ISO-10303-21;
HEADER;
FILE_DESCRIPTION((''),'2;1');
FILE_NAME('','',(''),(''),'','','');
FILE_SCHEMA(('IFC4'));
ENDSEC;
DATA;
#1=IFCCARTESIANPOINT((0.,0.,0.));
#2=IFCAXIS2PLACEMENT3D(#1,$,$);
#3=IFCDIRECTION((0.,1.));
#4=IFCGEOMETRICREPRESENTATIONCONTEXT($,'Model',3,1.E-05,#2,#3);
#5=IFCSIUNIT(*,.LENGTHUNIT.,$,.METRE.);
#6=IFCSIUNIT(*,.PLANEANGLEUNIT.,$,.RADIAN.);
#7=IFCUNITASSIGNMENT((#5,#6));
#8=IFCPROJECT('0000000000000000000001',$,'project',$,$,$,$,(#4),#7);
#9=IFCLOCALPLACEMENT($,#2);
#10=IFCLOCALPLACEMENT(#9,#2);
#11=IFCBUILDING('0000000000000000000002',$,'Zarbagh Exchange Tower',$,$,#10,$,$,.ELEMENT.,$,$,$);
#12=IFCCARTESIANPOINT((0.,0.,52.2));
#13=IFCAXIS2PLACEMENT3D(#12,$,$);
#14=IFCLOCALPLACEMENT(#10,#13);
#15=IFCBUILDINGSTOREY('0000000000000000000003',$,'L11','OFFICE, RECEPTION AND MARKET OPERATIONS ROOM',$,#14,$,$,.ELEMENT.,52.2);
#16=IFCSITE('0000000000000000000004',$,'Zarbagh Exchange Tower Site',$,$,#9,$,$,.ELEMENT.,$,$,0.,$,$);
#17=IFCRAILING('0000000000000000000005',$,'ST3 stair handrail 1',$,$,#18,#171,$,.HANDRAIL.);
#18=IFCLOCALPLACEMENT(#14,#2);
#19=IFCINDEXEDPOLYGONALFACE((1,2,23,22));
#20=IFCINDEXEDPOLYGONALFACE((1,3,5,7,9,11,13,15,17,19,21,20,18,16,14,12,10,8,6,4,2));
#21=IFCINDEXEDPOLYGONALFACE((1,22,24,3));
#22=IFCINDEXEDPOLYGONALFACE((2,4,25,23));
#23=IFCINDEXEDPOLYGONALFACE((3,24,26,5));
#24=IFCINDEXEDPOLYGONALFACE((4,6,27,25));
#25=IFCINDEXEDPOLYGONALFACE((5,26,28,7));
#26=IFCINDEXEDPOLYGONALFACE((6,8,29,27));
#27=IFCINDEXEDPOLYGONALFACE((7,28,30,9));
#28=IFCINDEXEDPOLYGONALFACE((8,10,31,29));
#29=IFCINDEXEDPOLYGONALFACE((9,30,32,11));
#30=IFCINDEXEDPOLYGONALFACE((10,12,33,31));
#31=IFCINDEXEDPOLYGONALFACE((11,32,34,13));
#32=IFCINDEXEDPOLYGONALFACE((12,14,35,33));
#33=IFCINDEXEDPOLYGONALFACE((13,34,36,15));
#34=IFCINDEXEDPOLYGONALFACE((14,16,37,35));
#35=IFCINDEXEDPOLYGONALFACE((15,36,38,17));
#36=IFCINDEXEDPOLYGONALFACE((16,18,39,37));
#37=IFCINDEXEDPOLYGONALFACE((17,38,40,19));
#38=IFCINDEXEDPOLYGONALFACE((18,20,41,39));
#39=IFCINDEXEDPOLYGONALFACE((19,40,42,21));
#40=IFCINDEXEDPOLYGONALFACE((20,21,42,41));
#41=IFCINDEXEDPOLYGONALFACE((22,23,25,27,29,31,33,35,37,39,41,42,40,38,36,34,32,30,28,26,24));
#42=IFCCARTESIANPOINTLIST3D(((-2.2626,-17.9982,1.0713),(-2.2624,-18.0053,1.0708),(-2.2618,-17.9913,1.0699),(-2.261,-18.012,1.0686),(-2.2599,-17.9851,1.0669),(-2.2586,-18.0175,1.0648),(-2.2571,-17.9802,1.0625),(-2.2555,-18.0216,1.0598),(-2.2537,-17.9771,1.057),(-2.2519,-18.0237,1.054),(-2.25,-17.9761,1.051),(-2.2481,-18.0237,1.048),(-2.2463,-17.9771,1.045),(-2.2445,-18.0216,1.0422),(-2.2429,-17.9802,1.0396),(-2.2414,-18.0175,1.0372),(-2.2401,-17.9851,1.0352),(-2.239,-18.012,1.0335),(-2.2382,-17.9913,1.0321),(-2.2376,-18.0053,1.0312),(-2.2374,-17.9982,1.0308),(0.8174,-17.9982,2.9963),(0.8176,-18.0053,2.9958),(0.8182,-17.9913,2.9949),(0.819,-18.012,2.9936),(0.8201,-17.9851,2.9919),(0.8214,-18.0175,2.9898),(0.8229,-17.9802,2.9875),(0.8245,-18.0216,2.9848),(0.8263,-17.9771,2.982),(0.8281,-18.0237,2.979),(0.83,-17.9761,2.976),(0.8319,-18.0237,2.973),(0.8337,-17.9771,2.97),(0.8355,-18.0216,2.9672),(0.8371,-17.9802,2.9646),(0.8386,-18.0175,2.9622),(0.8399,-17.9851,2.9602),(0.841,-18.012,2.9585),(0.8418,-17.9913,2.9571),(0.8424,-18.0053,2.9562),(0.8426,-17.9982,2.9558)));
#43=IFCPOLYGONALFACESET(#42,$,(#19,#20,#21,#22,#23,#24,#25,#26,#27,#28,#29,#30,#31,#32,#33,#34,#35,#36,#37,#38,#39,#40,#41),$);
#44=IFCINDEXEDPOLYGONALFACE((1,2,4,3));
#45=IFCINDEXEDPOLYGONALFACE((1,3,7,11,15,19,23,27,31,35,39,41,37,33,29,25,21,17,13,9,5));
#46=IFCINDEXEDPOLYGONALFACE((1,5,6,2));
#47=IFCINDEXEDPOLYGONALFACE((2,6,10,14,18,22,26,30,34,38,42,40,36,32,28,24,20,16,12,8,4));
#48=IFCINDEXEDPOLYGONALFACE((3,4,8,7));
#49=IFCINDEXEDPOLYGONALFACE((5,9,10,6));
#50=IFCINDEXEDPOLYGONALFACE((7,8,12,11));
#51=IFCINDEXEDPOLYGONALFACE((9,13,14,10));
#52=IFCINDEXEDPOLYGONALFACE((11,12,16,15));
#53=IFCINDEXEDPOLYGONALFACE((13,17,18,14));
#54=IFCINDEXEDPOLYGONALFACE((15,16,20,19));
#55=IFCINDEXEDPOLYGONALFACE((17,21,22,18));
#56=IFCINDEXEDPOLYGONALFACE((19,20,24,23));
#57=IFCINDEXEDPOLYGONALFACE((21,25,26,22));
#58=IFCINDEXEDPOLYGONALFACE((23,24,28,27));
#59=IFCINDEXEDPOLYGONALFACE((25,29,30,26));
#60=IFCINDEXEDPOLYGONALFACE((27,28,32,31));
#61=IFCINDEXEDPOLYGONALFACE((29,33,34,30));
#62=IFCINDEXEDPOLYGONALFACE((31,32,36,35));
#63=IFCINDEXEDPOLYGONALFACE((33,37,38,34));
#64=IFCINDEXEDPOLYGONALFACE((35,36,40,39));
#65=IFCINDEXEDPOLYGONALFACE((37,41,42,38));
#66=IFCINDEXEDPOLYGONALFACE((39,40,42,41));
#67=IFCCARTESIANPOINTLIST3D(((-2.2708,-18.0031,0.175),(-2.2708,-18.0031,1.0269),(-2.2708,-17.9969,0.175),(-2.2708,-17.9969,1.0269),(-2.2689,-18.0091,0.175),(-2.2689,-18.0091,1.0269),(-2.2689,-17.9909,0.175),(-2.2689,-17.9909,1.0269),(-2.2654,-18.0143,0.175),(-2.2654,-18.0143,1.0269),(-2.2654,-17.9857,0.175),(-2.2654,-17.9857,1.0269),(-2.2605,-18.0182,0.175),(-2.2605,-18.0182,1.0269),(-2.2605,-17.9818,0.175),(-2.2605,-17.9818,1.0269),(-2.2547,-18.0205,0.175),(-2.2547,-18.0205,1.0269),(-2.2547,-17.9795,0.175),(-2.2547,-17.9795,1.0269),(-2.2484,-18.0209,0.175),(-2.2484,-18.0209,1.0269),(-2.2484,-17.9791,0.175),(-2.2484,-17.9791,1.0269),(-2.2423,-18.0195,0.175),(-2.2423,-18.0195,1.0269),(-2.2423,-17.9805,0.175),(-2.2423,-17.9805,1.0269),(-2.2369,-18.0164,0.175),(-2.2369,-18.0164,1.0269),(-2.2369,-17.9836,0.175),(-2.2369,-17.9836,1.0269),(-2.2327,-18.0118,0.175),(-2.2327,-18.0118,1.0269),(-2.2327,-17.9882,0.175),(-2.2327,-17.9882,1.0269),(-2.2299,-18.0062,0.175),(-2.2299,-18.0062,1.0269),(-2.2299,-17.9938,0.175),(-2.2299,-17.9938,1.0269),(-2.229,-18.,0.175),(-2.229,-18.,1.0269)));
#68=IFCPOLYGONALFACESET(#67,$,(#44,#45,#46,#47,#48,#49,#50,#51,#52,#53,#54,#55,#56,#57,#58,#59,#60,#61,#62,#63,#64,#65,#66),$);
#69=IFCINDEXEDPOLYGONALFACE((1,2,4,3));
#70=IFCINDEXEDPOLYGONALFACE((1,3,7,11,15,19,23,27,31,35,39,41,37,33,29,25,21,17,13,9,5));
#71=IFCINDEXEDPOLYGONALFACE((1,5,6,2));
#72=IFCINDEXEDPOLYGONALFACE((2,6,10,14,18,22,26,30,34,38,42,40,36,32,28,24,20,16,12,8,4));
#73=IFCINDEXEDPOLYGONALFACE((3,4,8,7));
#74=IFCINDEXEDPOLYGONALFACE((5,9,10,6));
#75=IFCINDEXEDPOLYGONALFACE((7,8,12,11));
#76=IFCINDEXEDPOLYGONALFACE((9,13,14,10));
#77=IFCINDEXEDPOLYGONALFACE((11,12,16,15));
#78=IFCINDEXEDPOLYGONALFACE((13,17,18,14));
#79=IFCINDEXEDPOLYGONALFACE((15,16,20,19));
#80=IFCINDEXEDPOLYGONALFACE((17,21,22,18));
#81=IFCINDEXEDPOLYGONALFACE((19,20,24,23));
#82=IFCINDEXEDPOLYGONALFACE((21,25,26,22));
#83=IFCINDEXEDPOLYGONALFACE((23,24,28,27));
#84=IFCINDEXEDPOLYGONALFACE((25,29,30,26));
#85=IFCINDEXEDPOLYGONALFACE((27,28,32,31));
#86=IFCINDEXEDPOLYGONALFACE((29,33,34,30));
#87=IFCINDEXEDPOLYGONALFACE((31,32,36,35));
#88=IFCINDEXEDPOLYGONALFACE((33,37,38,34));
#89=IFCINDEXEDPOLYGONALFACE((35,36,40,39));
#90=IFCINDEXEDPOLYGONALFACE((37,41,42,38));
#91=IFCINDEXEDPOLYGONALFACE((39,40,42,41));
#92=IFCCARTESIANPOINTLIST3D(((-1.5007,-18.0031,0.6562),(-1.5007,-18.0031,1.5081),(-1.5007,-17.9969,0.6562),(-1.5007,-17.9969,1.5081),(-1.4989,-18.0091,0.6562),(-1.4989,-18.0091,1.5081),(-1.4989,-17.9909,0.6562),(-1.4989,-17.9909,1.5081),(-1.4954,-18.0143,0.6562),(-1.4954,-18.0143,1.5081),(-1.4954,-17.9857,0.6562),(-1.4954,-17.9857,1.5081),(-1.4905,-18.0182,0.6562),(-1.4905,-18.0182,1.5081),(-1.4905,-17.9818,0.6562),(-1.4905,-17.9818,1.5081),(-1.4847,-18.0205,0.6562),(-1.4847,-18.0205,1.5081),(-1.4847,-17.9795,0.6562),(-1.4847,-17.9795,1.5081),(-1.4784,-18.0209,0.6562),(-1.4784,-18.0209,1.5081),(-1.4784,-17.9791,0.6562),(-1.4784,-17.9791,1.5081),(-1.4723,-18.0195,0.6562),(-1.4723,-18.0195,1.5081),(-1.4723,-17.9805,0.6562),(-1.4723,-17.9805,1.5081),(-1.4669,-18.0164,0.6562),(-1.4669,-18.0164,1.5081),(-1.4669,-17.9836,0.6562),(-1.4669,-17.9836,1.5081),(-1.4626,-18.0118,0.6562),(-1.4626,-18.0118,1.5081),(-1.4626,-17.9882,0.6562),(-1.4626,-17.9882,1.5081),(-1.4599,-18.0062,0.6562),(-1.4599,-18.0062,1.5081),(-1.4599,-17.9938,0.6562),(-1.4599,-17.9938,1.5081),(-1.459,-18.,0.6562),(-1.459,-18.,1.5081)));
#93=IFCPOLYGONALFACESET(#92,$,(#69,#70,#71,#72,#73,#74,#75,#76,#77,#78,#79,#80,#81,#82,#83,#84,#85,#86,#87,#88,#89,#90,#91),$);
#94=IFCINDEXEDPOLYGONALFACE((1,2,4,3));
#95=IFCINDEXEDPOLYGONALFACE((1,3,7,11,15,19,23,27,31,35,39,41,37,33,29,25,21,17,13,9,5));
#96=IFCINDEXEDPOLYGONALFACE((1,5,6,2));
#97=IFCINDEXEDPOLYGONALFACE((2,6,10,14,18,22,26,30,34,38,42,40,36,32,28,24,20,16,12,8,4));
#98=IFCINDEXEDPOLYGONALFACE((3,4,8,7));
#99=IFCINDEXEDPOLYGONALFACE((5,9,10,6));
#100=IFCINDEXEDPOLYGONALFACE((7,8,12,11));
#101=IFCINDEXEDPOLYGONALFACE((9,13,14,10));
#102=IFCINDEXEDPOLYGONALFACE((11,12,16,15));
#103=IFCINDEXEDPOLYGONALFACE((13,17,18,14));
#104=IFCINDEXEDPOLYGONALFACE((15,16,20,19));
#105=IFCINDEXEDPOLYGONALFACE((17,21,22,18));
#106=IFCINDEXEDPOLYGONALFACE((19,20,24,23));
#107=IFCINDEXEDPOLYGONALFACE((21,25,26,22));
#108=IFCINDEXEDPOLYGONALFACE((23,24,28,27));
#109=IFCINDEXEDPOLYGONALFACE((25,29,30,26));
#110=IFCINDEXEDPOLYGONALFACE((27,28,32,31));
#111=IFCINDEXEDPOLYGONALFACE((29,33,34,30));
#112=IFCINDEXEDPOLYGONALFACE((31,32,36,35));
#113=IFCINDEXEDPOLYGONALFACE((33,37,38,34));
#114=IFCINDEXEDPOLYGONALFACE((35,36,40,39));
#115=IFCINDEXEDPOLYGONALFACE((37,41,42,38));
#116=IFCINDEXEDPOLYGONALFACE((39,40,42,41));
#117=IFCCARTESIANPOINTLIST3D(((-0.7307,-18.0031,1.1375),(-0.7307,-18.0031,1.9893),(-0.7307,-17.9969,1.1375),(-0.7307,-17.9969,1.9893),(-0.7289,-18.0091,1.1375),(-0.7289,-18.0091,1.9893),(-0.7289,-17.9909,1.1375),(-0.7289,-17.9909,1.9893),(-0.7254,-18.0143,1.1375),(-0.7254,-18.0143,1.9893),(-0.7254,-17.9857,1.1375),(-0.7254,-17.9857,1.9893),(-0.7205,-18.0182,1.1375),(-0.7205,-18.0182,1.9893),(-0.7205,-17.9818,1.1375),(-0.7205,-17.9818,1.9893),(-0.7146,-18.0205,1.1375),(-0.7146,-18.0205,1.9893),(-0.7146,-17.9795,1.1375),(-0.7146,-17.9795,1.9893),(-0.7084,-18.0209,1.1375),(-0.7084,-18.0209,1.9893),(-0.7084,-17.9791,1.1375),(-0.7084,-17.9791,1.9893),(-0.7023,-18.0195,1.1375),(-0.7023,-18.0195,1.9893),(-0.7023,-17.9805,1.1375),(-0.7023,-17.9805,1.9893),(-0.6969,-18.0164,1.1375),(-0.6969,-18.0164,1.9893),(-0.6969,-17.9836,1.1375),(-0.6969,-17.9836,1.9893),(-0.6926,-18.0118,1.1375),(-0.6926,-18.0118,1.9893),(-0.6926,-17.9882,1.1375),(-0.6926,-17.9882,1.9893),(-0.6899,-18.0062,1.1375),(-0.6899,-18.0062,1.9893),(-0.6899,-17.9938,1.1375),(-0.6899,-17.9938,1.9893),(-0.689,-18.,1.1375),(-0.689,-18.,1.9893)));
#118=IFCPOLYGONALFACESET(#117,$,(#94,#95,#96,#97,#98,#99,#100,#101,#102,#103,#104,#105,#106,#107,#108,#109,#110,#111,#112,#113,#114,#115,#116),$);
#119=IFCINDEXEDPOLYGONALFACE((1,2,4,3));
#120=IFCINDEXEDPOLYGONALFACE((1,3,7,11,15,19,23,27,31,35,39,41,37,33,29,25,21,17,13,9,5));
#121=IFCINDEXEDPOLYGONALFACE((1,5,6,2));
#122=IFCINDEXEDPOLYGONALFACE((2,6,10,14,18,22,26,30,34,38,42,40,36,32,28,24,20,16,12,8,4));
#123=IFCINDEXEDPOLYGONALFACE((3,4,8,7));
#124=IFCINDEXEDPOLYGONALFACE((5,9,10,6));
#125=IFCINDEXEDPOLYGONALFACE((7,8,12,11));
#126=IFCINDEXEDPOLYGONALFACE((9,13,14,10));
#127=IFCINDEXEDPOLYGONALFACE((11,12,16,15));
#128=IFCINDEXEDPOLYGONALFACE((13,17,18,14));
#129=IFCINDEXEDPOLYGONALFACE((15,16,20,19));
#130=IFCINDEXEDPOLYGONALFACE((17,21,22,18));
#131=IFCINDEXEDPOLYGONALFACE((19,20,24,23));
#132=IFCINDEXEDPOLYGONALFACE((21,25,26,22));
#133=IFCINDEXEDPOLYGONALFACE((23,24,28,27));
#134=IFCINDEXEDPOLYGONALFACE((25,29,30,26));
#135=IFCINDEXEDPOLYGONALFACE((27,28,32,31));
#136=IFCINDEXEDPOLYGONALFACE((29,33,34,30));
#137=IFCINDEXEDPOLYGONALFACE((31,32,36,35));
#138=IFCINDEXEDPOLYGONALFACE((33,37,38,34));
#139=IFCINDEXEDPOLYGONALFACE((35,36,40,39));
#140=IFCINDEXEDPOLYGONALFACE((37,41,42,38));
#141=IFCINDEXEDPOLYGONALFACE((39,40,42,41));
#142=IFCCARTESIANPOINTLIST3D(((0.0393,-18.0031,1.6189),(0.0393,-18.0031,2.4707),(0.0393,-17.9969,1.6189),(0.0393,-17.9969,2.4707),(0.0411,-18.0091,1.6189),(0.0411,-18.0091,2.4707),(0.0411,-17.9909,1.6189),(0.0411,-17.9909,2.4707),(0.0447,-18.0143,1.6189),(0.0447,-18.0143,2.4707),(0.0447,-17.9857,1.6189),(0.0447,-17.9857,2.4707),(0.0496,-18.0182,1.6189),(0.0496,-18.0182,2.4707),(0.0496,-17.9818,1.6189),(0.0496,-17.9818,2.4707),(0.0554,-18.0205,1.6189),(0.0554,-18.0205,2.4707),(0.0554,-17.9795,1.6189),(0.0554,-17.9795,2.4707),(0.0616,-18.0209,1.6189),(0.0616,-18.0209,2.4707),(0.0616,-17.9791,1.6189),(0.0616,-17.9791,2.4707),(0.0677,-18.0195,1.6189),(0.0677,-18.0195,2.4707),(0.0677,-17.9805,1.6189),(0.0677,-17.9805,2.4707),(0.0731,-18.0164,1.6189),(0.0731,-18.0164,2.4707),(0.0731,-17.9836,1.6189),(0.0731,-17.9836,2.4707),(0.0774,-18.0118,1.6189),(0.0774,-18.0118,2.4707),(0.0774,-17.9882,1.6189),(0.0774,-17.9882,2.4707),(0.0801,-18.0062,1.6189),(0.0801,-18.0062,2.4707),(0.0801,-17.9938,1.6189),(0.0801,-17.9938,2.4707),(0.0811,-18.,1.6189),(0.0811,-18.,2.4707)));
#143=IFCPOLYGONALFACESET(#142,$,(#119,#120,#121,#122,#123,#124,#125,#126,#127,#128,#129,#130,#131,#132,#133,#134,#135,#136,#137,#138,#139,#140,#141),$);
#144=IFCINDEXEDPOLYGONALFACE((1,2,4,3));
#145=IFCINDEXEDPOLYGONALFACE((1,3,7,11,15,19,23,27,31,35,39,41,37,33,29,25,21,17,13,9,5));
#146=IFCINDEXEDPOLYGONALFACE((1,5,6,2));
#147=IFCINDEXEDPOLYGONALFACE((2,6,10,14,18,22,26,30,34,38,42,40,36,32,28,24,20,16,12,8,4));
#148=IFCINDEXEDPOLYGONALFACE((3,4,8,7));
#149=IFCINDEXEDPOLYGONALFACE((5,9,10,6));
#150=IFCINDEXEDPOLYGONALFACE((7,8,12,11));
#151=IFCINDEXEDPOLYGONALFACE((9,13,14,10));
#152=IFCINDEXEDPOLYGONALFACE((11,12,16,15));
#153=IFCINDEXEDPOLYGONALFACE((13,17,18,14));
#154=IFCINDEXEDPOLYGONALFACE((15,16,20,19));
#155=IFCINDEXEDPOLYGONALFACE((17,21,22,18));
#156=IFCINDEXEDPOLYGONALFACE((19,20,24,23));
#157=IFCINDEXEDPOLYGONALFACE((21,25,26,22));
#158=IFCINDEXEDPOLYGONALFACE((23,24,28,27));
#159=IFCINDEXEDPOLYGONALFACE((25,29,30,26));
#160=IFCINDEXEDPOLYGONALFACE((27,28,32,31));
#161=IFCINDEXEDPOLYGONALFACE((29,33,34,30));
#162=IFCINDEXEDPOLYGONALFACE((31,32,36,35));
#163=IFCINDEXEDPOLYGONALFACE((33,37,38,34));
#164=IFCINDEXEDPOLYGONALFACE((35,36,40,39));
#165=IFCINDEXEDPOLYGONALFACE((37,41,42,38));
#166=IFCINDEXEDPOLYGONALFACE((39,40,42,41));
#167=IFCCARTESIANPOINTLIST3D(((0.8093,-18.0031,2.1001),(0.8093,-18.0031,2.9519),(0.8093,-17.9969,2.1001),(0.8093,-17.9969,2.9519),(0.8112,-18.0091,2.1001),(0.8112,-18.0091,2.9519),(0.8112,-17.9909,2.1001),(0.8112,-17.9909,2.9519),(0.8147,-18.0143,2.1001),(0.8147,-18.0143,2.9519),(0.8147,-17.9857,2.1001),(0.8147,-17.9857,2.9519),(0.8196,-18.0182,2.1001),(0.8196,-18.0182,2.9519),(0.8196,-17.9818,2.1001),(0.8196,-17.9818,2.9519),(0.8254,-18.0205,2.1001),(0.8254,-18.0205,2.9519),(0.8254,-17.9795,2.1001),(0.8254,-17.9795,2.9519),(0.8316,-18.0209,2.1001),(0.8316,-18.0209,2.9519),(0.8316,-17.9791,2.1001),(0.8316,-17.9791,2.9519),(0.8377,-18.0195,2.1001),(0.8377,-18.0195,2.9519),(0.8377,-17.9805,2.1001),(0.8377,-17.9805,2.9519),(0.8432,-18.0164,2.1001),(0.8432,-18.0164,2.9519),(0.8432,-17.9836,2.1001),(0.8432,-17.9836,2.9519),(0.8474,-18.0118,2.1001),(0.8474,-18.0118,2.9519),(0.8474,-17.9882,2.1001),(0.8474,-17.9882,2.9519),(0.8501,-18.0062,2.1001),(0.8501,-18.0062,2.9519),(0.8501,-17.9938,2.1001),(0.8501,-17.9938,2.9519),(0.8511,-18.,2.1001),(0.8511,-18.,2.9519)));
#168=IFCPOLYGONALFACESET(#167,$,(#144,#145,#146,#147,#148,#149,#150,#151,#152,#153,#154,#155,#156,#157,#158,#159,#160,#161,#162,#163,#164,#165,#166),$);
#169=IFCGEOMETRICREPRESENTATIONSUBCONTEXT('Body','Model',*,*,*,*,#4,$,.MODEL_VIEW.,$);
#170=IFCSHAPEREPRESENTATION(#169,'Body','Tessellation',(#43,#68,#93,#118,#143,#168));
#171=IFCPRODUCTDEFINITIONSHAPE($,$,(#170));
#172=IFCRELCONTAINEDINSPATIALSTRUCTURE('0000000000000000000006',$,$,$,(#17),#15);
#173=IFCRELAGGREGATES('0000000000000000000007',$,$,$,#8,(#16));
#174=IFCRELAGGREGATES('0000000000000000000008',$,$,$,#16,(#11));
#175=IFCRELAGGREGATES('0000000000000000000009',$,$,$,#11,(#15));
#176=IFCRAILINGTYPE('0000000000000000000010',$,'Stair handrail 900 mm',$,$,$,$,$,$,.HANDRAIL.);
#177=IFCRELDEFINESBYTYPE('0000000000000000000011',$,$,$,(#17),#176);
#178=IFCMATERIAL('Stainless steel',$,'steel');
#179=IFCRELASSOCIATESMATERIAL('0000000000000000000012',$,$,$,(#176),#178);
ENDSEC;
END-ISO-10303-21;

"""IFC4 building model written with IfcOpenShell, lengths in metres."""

from ifc_helpers import new_model, si_unit, direction, frame, origin, origin_2d, place, context, subcontext, project, spatial, circle, extrude, material, type_object, element, save


model = new_model("IFC4")

# Units and contexts
model_context = context("Model", 3, precision=1e-05, world=origin(), true_north=direction((0.0, 1.0)))
body_context = subcontext(model_context, "Body", "Model", "MODEL_VIEW")
ifc_project = project(units=[si_unit("LENGTHUNIT", "METRE"), si_unit("PLANEANGLEUNIT", "RADIAN")], contexts=[model_context])

# Site, building, storey
site_placement = place(None, origin())
site = spatial("IfcSite", under=ifc_project, at=site_placement, Name="Zarbagh Exchange Tower Site", CompositionType="ELEMENT", RefElevation=0.0)
building_placement = place(site_placement, origin())
building = spatial("IfcBuilding", under=site, at=building_placement, Name="Zarbagh Exchange Tower", CompositionType="ELEMENT")
storey_placement = place(building_placement, frame((0.0, 0.0, 52.2)))
storey = spatial("IfcBuildingStorey", under=building, at=storey_placement, Name="L11", Description="OFFICE, RECEPTION AND MARKET OPERATIONS ROOM", CompositionType="ELEMENT", Elevation=52.2)

# Shared definitions
ifc_material_1 = material(Name="Stainless steel", Category="steel")

# Railing
railing_type_1 = type_object("IfcRailingType", Name="Stair handrail 900 mm", PredefinedType="HANDRAIL", material=ifc_material_1)
railing_1_placement = place(storey_placement, frame((-2.25, -18.0, 0.175)))
element("IfcRailing", 1, at=railing_1_placement, inside=storey, type_object=railing_type_1, Name="ST3 stair handrail 1", PredefinedType="HANDRAIL", context=body_context, shape_type="SweptSolid", body=[
    extrude(circle(Radius=0.0239, at=origin_2d()), frame((0.0, 0.0, 0.876), z_axis=(0.847998, 0.0, 0.529999), x_axis=(0.0, 1.0, 0.0)), (0.0, 0.0, 1.0), 3.6321),
    extrude(circle(Radius=0.021, at=origin_2d()), origin(), (0.0, 0.0, 1.0), 0.8518),
    extrude(circle(Radius=0.021, at=origin_2d()), frame((0.77, 0.0, 0.4812)), (0.0, 0.0, 1.0), 0.8518),
    extrude(circle(Radius=0.021, at=origin_2d()), frame((1.54, 0.0, 0.9624)), (0.0, 0.0, 1.0), 0.8518),
    extrude(circle(Radius=0.021, at=origin_2d()), frame((2.3101, 0.0, 1.4438)), (0.0, 0.0, 1.0), 0.8518),
    extrude(circle(Radius=0.021, at=origin_2d()), frame((3.0801, 0.0, 1.925)), (0.0, 0.0, 1.0), 0.8518),
])

save(model, "model.ifc")
